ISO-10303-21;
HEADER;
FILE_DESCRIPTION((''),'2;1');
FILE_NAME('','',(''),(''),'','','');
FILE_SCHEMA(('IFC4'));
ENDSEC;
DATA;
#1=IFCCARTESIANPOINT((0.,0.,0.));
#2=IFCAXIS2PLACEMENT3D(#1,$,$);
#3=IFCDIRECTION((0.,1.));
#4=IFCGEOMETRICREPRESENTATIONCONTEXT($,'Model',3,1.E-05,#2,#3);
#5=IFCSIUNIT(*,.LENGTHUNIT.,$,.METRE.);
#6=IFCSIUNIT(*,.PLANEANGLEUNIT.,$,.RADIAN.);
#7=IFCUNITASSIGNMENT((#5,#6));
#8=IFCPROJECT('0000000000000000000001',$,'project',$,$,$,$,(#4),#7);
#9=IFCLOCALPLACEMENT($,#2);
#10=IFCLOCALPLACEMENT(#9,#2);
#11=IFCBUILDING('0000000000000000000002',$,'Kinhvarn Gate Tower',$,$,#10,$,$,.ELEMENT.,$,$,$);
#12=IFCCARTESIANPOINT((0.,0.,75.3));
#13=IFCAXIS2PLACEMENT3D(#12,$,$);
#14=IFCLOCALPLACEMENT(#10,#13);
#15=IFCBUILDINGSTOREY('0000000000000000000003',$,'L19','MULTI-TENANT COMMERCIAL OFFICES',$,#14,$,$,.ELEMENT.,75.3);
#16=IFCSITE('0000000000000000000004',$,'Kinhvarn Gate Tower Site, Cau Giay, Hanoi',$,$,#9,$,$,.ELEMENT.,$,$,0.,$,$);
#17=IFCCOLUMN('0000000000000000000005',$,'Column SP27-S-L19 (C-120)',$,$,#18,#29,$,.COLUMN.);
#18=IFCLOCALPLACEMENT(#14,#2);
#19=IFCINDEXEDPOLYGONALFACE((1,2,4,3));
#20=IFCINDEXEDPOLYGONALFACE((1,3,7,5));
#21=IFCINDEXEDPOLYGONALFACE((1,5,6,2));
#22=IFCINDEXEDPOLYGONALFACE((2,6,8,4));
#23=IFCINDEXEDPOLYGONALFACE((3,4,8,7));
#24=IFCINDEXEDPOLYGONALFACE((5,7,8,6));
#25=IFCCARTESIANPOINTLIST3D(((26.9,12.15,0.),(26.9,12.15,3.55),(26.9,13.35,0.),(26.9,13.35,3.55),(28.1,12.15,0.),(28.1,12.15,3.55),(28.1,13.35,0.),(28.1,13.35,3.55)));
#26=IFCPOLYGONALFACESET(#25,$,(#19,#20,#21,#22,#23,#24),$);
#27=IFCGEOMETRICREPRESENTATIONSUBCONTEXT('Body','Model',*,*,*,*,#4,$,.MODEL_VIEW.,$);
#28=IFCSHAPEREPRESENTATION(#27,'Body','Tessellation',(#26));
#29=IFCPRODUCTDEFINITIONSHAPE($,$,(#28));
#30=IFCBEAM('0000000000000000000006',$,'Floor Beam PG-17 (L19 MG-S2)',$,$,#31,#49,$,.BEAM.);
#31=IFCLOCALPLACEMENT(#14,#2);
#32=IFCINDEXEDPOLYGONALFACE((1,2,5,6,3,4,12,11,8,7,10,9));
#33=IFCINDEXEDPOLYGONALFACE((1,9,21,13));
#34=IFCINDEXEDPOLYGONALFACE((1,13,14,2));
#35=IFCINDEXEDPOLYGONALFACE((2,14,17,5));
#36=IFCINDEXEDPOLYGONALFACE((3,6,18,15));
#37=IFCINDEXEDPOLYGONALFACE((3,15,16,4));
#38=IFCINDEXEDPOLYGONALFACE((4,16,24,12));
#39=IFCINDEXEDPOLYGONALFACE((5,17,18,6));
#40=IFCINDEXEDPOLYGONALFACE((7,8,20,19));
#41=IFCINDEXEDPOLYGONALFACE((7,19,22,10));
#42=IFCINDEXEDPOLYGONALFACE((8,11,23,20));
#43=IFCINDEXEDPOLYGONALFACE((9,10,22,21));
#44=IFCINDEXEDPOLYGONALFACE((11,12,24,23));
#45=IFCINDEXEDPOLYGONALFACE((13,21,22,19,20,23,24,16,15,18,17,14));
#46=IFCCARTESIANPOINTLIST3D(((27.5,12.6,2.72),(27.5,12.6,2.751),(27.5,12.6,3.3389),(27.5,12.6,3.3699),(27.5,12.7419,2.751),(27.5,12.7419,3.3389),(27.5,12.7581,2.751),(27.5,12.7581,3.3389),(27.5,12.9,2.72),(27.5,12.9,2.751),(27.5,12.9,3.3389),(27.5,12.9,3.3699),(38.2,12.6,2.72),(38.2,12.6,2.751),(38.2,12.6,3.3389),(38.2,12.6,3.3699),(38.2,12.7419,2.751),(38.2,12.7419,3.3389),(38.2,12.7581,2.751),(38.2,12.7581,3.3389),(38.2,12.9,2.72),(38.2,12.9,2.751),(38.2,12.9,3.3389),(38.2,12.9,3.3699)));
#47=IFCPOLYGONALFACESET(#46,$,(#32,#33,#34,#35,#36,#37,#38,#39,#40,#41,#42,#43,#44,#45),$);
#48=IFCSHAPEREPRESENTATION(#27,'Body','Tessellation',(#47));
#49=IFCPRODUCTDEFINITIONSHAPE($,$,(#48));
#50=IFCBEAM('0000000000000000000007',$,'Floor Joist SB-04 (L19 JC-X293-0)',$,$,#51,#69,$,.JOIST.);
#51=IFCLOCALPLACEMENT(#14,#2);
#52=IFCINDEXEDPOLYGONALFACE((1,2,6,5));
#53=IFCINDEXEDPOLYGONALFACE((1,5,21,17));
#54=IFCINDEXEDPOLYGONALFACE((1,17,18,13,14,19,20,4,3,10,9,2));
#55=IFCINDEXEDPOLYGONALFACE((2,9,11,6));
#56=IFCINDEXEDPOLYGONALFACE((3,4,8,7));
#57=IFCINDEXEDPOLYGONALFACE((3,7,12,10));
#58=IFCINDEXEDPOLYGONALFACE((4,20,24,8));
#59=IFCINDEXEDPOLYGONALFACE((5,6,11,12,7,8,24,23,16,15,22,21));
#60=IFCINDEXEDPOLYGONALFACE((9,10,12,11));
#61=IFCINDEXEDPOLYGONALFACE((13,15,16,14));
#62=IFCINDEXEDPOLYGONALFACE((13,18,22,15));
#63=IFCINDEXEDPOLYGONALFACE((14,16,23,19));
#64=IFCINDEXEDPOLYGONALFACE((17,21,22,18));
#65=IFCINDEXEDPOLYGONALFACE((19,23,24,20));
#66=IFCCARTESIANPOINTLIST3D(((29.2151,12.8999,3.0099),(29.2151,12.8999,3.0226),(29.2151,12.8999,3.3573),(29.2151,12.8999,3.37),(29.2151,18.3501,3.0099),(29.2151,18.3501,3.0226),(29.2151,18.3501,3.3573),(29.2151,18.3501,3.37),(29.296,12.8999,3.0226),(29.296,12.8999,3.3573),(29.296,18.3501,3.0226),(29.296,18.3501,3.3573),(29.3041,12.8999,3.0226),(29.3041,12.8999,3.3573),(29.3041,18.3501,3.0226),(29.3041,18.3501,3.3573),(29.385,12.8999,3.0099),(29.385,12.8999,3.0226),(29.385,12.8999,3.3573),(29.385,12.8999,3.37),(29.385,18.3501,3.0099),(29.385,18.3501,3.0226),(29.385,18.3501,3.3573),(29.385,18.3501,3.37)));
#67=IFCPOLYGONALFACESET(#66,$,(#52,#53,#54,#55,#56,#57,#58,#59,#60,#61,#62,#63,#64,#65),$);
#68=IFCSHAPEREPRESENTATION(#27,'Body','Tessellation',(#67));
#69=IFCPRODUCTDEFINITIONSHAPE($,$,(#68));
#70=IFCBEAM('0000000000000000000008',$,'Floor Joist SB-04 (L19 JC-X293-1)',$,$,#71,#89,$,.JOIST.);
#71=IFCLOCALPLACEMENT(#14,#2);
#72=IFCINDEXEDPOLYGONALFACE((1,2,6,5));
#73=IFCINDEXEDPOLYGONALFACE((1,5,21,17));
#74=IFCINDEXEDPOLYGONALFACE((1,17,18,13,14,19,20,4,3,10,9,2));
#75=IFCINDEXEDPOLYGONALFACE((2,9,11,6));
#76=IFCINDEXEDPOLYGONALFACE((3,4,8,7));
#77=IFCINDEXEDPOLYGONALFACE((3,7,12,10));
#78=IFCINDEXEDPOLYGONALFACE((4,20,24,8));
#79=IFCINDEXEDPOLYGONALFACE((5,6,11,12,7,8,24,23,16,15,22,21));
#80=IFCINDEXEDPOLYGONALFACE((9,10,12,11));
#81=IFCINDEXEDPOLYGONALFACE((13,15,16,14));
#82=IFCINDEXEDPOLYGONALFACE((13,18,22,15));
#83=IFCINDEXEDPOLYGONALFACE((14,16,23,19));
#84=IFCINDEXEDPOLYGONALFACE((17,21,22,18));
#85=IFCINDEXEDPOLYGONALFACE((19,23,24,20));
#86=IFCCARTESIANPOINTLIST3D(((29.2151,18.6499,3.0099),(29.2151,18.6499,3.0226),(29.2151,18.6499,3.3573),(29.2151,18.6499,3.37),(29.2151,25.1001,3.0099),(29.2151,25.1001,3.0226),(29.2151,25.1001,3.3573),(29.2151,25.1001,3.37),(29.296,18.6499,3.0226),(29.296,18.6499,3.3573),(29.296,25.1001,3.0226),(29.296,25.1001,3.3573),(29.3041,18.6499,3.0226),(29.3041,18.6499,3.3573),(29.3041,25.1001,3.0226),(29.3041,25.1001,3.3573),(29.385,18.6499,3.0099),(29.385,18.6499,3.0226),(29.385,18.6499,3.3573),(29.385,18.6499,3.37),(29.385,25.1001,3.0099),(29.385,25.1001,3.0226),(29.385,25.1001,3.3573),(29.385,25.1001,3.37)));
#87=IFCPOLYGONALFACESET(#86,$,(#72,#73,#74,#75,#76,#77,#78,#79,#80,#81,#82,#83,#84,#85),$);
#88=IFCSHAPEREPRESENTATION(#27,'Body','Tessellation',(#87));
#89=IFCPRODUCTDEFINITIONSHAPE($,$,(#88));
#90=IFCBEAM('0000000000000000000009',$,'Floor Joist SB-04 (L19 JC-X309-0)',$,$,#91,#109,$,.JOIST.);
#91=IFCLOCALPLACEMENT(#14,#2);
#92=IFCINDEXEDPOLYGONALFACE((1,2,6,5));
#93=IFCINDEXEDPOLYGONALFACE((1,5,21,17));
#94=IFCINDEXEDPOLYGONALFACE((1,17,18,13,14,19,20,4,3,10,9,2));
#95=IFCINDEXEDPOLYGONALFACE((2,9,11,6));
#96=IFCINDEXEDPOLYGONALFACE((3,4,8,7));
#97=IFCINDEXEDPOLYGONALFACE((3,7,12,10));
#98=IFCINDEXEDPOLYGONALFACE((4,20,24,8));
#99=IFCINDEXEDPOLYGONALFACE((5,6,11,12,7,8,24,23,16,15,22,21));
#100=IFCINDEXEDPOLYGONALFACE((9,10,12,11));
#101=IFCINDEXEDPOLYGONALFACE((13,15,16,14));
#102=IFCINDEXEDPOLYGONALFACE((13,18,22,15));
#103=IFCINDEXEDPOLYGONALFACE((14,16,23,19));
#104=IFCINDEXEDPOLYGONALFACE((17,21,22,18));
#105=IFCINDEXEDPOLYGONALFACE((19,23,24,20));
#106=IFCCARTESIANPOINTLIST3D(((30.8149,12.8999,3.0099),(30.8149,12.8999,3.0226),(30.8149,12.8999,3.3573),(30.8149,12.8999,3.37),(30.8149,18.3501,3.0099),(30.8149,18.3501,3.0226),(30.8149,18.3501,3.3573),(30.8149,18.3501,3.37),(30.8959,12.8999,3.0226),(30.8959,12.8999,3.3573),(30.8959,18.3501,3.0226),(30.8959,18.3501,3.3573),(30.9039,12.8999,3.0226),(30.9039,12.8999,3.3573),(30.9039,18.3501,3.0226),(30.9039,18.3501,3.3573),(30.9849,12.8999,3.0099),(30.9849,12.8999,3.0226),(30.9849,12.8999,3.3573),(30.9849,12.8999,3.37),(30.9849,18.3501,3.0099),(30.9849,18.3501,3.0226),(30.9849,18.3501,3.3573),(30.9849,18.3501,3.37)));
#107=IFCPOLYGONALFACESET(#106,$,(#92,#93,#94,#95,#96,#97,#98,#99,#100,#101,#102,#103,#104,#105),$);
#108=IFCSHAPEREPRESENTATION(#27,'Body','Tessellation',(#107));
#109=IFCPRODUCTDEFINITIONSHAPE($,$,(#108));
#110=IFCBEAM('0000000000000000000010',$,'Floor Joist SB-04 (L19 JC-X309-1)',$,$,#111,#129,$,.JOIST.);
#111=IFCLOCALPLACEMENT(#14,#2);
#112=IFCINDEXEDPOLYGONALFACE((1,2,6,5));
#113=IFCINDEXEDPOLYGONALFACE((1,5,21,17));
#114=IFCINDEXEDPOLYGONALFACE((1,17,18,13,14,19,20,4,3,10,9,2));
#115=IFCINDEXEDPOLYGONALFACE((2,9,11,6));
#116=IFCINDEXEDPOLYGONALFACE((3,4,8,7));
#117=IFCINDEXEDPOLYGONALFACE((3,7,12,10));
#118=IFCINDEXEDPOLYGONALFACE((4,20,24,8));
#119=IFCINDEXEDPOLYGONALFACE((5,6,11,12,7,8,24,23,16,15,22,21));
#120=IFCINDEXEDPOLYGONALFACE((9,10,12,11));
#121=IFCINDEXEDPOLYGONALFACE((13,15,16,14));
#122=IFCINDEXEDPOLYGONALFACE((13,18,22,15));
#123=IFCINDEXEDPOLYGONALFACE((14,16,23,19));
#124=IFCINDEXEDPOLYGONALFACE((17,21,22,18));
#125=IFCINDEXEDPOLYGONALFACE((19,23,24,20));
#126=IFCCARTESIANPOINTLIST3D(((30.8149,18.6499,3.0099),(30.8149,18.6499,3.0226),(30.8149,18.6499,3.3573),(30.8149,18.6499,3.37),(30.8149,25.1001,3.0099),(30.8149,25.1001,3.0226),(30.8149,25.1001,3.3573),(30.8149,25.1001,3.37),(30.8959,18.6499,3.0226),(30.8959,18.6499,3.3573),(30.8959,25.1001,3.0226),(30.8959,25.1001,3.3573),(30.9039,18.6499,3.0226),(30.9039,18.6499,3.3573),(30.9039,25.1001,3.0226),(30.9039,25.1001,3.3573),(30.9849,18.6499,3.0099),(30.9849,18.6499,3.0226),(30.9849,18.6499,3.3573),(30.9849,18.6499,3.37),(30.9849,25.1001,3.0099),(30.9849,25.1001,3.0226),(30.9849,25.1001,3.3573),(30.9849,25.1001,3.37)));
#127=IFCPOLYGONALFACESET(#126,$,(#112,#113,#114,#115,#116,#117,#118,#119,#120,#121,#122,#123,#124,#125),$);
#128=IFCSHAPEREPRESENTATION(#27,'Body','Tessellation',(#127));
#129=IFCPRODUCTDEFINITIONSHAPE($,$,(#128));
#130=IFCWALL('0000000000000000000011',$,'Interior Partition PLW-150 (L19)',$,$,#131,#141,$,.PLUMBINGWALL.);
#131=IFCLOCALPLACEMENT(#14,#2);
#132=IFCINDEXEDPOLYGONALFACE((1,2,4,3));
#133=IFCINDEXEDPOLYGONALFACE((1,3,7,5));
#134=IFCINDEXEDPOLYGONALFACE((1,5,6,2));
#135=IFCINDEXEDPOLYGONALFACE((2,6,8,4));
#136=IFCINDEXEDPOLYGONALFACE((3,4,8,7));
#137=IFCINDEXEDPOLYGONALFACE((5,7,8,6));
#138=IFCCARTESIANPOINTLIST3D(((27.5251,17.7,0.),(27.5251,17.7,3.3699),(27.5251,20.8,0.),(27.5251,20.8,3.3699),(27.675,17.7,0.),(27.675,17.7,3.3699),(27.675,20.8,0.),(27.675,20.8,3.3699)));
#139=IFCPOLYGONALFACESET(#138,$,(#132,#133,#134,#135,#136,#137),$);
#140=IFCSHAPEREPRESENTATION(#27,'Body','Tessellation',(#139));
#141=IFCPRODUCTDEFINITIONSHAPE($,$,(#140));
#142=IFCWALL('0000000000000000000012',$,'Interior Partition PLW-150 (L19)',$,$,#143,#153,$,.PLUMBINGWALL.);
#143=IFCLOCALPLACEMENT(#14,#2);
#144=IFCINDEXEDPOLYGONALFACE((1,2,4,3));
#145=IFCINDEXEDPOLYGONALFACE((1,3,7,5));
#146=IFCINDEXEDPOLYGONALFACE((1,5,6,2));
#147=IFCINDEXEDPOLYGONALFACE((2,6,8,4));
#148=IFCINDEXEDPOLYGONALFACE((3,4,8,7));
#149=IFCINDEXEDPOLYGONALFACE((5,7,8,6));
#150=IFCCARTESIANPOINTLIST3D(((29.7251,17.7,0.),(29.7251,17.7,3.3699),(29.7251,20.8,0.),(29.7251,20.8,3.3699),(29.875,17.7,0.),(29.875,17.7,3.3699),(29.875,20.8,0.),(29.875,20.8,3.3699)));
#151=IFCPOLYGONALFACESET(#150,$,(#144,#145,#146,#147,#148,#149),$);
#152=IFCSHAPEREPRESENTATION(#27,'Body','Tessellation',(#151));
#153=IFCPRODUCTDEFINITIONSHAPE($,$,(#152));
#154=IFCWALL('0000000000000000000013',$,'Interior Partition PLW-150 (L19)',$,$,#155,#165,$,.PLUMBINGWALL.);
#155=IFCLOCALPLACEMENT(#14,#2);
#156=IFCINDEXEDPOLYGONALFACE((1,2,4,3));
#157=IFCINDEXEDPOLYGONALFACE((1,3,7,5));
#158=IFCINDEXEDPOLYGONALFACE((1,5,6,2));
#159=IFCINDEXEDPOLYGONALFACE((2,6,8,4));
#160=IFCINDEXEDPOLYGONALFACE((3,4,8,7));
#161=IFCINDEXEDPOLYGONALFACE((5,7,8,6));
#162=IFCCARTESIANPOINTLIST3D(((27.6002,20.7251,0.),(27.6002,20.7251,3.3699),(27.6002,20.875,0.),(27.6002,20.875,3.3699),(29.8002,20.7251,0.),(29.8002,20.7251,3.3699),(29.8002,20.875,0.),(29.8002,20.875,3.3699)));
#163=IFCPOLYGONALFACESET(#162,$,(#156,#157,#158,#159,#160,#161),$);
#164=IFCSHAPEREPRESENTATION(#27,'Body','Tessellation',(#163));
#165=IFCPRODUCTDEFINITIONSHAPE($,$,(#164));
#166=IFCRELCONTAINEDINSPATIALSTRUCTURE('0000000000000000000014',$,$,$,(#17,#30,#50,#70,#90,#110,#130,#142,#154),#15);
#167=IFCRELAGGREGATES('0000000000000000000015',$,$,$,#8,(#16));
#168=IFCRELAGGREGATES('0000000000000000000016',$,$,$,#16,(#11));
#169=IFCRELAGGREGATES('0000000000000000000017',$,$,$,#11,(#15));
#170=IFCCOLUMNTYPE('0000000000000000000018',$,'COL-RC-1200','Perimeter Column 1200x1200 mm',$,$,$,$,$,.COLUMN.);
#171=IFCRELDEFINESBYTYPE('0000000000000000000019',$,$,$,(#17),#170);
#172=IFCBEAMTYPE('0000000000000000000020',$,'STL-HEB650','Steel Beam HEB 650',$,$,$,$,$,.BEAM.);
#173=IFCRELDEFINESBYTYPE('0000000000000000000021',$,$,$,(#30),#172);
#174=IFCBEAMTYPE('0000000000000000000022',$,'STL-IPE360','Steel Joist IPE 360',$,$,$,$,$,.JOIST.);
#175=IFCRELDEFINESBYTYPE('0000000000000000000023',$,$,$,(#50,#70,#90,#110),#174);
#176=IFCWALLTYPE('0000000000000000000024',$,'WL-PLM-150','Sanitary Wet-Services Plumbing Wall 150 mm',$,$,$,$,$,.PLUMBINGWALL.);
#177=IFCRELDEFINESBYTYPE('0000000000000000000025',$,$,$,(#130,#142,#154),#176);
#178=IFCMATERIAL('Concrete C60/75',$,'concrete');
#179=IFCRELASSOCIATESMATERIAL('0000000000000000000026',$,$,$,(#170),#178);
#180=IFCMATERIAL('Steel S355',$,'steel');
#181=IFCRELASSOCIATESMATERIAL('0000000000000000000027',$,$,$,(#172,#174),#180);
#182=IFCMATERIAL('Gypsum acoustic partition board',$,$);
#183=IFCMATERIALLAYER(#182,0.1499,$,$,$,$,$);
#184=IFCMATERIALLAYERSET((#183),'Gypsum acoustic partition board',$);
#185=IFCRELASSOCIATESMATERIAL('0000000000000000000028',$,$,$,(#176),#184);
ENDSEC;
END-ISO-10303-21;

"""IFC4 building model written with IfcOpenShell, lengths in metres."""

from ifc_helpers import new_model, si_unit, direction, frame, frame_2d, origin, origin_2d, place, context, subcontext, project, spatial, rectangle, i_section, extrude, material, layer, layer_set, material_profile, profile_set, type_object, element, save


model = new_model("IFC4")

# Units and contexts
model_context = context("Model", 3, precision=1e-05, world=origin(), true_north=direction((0.0, 1.0)))
body_context = subcontext(model_context, "Body", "Model", "MODEL_VIEW")
ifc_project = project(units=[si_unit("LENGTHUNIT", "METRE"), si_unit("PLANEANGLEUNIT", "RADIAN")], contexts=[model_context])

# Site, building, storey
site_placement = place(None, origin())
site = spatial("IfcSite", under=ifc_project, at=site_placement, Name="Kinhvarn Gate Tower Site, Cau Giay, Hanoi", CompositionType="ELEMENT", RefElevation=0.0)
building_placement = place(site_placement, origin())
building = spatial("IfcBuilding", under=site, at=building_placement, Name="Kinhvarn Gate Tower", CompositionType="ELEMENT")
storey_placement = place(building_placement, frame((0.0, 0.0, 75.3)))
storey = spatial("IfcBuildingStorey", under=building, at=storey_placement, Name="L19", Description="MULTI-TENANT COMMERCIAL OFFICES", CompositionType="ELEMENT", Elevation=75.3)

# Column
ifc_material_1 = material(Name="Concrete C60/75", Category="concrete")
ifc_material_profile_1 = material_profile(ifc_material_1, rectangle(XDim=1.2, YDim=1.2, at=origin_2d()), Name="RC 1200x1200")
ifc_profile_set_1 = profile_set([ifc_material_profile_1], Name="Concrete C60/75")
column_type = type_object("IfcColumnType", Name="COL-RC-1200", Description="Perimeter Column 1200x1200 mm", PredefinedType="COLUMN", material=ifc_profile_set_1)
column_placement = place(storey_placement, frame((27.5, 12.75, 0.0), z_axis=(0.0, 0.0, 1.0), x_axis=(1.0, 0.0, 0.0)))
element("IfcColumn", 1, at=column_placement, inside=storey, type_object=column_type, Name="Column SP27-S-L19 (C-120)", PredefinedType="COLUMN", context=body_context, shape_type="SweptSolid", body=[
    extrude(rectangle(XDim=1.2, YDim=1.2, at=origin_2d()), origin(), (0.0, 0.0, 1.0), 3.55),
])

# Beams
ifc_material_2 = material(Name="Steel S355", Category="steel")
ifc_material_profile_2 = material_profile(ifc_material_2, i_section(OverallWidth=0.3, OverallDepth=0.6499, WebThickness=0.0161, FlangeThickness=0.031, at=origin_2d()), Name="HEB 650")
ifc_profile_set_2 = profile_set([ifc_material_profile_2], Name="Steel S355")
beam_type_1 = type_object("IfcBeamType", Name="STL-HEB650", Description="Steel Beam HEB 650", PredefinedType="BEAM", material=ifc_profile_set_2)
beam_1_placement = place(storey_placement, frame((27.5, 12.75, 3.0449), z_axis=(1.0, 0.0, 0.0), x_axis=(0.0, 1.0, 0.0)))
element("IfcBeam", 2, at=beam_1_placement, inside=storey, type_object=beam_type_1, Name="Floor Beam PG-17 (L19 MG-S2)", PredefinedType="BEAM", context=body_context, shape_type="SweptSolid", body=[
    extrude(i_section(OverallWidth=0.3, OverallDepth=0.6499, WebThickness=0.0161, FlangeThickness=0.031, at=origin_2d()), origin(), (0.0, 0.0, 1.0), 10.7),
])
ifc_material_profile_3 = material_profile(ifc_material_2, i_section(OverallWidth=0.1699, OverallDepth=0.3601, WebThickness=0.0081, FlangeThickness=0.0127, at=origin_2d()), Name="IPE 360")
ifc_profile_set_3 = profile_set([ifc_material_profile_3], Name="Steel S355")
beam_type_2 = type_object("IfcBeamType", Name="STL-IPE360", Description="Steel Joist IPE 360", PredefinedType="JOIST", material=ifc_profile_set_3)
beam_2_placement = place(storey_placement, frame((29.3, 12.8999, 3.1899), z_axis=(0.0, 1.0, 0.0), x_axis=(-1.0, 0.0, 0.0)))
element("IfcBeam", 3, at=beam_2_placement, inside=storey, type_object=beam_type_2, Name="Floor Joist SB-04 (L19 JC-X293-0)", PredefinedType="JOIST", context=body_context, shape_type="SweptSolid", body=[
    extrude(i_section(OverallWidth=0.1699, OverallDepth=0.3601, WebThickness=0.0081, FlangeThickness=0.0127, at=origin_2d()), origin(), (0.0, 0.0, 1.0), 5.4502),
])
beam_3_placement = place(storey_placement, frame((29.3, 18.6499, 3.1899), z_axis=(0.0, 1.0, 0.0), x_axis=(-1.0, 0.0, 0.0)))
element("IfcBeam", 4, at=beam_3_placement, inside=storey, type_object=beam_type_2, Name="Floor Joist SB-04 (L19 JC-X293-1)", PredefinedType="JOIST", context=body_context, shape_type="SweptSolid", body=[
    extrude(i_section(OverallWidth=0.1699, OverallDepth=0.3601, WebThickness=0.0081, FlangeThickness=0.0127, at=origin_2d()), origin(), (0.0, 0.0, 1.0), 6.4502),
])
beam_4_placement = place(storey_placement, frame((30.8999, 12.8999, 3.1899), z_axis=(0.0, 1.0, 0.0), x_axis=(-1.0, 0.0, 0.0)))
element("IfcBeam", 5, at=beam_4_placement, inside=storey, type_object=beam_type_2, Name="Floor Joist SB-04 (L19 JC-X309-0)", PredefinedType="JOIST", context=body_context, shape_type="SweptSolid", body=[
    extrude(i_section(OverallWidth=0.1699, OverallDepth=0.3601, WebThickness=0.0081, FlangeThickness=0.0127, at=origin_2d()), origin(), (0.0, 0.0, 1.0), 5.4502),
])
beam_5_placement = place(storey_placement, frame((30.8999, 18.6499, 3.1899), z_axis=(0.0, 1.0, 0.0), x_axis=(-1.0, 0.0, 0.0)))
element("IfcBeam", 6, at=beam_5_placement, inside=storey, type_object=beam_type_2, Name="Floor Joist SB-04 (L19 JC-X309-1)", PredefinedType="JOIST", context=body_context, shape_type="SweptSolid", body=[
    extrude(i_section(OverallWidth=0.1699, OverallDepth=0.3601, WebThickness=0.0081, FlangeThickness=0.0127, at=origin_2d()), origin(), (0.0, 0.0, 1.0), 6.4502),
])

# Walls
ifc_material_3 = material(Name="Gypsum acoustic partition board")
ifc_layer_1 = layer(ifc_material_3, 0.1499)
ifc_layer_set_1 = layer_set([ifc_layer_1], Name="Gypsum acoustic partition board")
wall_type_1 = type_object("IfcWallType", Name="WL-PLM-150", Description="Sanitary Wet-Services Plumbing Wall 150 mm", PredefinedType="PLUMBINGWALL", material=ifc_layer_set_1)
for number, where, z_axis, x_axis, name in (
    (7, (27.6001, 17.7, 0.0), (0.0, 0.0, 1.0), (0.0, 1.0, 0.0), "Interior Partition PLW-150 (L19)"),
    (8, (29.8, 17.7, 0.0), (0.0, 0.0, 1.0), (0.0, 1.0, 0.0), "Interior Partition PLW-150 (L19)"),
):
    element("IfcWall", number, at=place(storey_placement, frame(where, z_axis=z_axis, x_axis=x_axis)), inside=storey, type_object=wall_type_1, Name=name, PredefinedType="PLUMBINGWALL", context=body_context, shape_type="SweptSolid", body=[
        extrude(rectangle(XDim=3.1001, YDim=0.1499, at=frame_2d((1.55, 0.0))), origin(), (0.0, 0.0, 1.0), 3.3699),
    ])
wall_1_placement = place(storey_placement, frame((27.6001, 20.8, 0.0), z_axis=(0.0, 0.0, 1.0), x_axis=(1.0, 0.0, 0.0)))
element("IfcWall", 9, at=wall_1_placement, inside=storey, type_object=wall_type_1, Name="Interior Partition PLW-150 (L19)", PredefinedType="PLUMBINGWALL", context=body_context, shape_type="SweptSolid", body=[
    extrude(rectangle(XDim=2.2, YDim=0.1499, at=frame_2d((1.1001, 0.0))), origin(), (0.0, 0.0, 1.0), 3.3699),
])

save(model, "model.ifc")
